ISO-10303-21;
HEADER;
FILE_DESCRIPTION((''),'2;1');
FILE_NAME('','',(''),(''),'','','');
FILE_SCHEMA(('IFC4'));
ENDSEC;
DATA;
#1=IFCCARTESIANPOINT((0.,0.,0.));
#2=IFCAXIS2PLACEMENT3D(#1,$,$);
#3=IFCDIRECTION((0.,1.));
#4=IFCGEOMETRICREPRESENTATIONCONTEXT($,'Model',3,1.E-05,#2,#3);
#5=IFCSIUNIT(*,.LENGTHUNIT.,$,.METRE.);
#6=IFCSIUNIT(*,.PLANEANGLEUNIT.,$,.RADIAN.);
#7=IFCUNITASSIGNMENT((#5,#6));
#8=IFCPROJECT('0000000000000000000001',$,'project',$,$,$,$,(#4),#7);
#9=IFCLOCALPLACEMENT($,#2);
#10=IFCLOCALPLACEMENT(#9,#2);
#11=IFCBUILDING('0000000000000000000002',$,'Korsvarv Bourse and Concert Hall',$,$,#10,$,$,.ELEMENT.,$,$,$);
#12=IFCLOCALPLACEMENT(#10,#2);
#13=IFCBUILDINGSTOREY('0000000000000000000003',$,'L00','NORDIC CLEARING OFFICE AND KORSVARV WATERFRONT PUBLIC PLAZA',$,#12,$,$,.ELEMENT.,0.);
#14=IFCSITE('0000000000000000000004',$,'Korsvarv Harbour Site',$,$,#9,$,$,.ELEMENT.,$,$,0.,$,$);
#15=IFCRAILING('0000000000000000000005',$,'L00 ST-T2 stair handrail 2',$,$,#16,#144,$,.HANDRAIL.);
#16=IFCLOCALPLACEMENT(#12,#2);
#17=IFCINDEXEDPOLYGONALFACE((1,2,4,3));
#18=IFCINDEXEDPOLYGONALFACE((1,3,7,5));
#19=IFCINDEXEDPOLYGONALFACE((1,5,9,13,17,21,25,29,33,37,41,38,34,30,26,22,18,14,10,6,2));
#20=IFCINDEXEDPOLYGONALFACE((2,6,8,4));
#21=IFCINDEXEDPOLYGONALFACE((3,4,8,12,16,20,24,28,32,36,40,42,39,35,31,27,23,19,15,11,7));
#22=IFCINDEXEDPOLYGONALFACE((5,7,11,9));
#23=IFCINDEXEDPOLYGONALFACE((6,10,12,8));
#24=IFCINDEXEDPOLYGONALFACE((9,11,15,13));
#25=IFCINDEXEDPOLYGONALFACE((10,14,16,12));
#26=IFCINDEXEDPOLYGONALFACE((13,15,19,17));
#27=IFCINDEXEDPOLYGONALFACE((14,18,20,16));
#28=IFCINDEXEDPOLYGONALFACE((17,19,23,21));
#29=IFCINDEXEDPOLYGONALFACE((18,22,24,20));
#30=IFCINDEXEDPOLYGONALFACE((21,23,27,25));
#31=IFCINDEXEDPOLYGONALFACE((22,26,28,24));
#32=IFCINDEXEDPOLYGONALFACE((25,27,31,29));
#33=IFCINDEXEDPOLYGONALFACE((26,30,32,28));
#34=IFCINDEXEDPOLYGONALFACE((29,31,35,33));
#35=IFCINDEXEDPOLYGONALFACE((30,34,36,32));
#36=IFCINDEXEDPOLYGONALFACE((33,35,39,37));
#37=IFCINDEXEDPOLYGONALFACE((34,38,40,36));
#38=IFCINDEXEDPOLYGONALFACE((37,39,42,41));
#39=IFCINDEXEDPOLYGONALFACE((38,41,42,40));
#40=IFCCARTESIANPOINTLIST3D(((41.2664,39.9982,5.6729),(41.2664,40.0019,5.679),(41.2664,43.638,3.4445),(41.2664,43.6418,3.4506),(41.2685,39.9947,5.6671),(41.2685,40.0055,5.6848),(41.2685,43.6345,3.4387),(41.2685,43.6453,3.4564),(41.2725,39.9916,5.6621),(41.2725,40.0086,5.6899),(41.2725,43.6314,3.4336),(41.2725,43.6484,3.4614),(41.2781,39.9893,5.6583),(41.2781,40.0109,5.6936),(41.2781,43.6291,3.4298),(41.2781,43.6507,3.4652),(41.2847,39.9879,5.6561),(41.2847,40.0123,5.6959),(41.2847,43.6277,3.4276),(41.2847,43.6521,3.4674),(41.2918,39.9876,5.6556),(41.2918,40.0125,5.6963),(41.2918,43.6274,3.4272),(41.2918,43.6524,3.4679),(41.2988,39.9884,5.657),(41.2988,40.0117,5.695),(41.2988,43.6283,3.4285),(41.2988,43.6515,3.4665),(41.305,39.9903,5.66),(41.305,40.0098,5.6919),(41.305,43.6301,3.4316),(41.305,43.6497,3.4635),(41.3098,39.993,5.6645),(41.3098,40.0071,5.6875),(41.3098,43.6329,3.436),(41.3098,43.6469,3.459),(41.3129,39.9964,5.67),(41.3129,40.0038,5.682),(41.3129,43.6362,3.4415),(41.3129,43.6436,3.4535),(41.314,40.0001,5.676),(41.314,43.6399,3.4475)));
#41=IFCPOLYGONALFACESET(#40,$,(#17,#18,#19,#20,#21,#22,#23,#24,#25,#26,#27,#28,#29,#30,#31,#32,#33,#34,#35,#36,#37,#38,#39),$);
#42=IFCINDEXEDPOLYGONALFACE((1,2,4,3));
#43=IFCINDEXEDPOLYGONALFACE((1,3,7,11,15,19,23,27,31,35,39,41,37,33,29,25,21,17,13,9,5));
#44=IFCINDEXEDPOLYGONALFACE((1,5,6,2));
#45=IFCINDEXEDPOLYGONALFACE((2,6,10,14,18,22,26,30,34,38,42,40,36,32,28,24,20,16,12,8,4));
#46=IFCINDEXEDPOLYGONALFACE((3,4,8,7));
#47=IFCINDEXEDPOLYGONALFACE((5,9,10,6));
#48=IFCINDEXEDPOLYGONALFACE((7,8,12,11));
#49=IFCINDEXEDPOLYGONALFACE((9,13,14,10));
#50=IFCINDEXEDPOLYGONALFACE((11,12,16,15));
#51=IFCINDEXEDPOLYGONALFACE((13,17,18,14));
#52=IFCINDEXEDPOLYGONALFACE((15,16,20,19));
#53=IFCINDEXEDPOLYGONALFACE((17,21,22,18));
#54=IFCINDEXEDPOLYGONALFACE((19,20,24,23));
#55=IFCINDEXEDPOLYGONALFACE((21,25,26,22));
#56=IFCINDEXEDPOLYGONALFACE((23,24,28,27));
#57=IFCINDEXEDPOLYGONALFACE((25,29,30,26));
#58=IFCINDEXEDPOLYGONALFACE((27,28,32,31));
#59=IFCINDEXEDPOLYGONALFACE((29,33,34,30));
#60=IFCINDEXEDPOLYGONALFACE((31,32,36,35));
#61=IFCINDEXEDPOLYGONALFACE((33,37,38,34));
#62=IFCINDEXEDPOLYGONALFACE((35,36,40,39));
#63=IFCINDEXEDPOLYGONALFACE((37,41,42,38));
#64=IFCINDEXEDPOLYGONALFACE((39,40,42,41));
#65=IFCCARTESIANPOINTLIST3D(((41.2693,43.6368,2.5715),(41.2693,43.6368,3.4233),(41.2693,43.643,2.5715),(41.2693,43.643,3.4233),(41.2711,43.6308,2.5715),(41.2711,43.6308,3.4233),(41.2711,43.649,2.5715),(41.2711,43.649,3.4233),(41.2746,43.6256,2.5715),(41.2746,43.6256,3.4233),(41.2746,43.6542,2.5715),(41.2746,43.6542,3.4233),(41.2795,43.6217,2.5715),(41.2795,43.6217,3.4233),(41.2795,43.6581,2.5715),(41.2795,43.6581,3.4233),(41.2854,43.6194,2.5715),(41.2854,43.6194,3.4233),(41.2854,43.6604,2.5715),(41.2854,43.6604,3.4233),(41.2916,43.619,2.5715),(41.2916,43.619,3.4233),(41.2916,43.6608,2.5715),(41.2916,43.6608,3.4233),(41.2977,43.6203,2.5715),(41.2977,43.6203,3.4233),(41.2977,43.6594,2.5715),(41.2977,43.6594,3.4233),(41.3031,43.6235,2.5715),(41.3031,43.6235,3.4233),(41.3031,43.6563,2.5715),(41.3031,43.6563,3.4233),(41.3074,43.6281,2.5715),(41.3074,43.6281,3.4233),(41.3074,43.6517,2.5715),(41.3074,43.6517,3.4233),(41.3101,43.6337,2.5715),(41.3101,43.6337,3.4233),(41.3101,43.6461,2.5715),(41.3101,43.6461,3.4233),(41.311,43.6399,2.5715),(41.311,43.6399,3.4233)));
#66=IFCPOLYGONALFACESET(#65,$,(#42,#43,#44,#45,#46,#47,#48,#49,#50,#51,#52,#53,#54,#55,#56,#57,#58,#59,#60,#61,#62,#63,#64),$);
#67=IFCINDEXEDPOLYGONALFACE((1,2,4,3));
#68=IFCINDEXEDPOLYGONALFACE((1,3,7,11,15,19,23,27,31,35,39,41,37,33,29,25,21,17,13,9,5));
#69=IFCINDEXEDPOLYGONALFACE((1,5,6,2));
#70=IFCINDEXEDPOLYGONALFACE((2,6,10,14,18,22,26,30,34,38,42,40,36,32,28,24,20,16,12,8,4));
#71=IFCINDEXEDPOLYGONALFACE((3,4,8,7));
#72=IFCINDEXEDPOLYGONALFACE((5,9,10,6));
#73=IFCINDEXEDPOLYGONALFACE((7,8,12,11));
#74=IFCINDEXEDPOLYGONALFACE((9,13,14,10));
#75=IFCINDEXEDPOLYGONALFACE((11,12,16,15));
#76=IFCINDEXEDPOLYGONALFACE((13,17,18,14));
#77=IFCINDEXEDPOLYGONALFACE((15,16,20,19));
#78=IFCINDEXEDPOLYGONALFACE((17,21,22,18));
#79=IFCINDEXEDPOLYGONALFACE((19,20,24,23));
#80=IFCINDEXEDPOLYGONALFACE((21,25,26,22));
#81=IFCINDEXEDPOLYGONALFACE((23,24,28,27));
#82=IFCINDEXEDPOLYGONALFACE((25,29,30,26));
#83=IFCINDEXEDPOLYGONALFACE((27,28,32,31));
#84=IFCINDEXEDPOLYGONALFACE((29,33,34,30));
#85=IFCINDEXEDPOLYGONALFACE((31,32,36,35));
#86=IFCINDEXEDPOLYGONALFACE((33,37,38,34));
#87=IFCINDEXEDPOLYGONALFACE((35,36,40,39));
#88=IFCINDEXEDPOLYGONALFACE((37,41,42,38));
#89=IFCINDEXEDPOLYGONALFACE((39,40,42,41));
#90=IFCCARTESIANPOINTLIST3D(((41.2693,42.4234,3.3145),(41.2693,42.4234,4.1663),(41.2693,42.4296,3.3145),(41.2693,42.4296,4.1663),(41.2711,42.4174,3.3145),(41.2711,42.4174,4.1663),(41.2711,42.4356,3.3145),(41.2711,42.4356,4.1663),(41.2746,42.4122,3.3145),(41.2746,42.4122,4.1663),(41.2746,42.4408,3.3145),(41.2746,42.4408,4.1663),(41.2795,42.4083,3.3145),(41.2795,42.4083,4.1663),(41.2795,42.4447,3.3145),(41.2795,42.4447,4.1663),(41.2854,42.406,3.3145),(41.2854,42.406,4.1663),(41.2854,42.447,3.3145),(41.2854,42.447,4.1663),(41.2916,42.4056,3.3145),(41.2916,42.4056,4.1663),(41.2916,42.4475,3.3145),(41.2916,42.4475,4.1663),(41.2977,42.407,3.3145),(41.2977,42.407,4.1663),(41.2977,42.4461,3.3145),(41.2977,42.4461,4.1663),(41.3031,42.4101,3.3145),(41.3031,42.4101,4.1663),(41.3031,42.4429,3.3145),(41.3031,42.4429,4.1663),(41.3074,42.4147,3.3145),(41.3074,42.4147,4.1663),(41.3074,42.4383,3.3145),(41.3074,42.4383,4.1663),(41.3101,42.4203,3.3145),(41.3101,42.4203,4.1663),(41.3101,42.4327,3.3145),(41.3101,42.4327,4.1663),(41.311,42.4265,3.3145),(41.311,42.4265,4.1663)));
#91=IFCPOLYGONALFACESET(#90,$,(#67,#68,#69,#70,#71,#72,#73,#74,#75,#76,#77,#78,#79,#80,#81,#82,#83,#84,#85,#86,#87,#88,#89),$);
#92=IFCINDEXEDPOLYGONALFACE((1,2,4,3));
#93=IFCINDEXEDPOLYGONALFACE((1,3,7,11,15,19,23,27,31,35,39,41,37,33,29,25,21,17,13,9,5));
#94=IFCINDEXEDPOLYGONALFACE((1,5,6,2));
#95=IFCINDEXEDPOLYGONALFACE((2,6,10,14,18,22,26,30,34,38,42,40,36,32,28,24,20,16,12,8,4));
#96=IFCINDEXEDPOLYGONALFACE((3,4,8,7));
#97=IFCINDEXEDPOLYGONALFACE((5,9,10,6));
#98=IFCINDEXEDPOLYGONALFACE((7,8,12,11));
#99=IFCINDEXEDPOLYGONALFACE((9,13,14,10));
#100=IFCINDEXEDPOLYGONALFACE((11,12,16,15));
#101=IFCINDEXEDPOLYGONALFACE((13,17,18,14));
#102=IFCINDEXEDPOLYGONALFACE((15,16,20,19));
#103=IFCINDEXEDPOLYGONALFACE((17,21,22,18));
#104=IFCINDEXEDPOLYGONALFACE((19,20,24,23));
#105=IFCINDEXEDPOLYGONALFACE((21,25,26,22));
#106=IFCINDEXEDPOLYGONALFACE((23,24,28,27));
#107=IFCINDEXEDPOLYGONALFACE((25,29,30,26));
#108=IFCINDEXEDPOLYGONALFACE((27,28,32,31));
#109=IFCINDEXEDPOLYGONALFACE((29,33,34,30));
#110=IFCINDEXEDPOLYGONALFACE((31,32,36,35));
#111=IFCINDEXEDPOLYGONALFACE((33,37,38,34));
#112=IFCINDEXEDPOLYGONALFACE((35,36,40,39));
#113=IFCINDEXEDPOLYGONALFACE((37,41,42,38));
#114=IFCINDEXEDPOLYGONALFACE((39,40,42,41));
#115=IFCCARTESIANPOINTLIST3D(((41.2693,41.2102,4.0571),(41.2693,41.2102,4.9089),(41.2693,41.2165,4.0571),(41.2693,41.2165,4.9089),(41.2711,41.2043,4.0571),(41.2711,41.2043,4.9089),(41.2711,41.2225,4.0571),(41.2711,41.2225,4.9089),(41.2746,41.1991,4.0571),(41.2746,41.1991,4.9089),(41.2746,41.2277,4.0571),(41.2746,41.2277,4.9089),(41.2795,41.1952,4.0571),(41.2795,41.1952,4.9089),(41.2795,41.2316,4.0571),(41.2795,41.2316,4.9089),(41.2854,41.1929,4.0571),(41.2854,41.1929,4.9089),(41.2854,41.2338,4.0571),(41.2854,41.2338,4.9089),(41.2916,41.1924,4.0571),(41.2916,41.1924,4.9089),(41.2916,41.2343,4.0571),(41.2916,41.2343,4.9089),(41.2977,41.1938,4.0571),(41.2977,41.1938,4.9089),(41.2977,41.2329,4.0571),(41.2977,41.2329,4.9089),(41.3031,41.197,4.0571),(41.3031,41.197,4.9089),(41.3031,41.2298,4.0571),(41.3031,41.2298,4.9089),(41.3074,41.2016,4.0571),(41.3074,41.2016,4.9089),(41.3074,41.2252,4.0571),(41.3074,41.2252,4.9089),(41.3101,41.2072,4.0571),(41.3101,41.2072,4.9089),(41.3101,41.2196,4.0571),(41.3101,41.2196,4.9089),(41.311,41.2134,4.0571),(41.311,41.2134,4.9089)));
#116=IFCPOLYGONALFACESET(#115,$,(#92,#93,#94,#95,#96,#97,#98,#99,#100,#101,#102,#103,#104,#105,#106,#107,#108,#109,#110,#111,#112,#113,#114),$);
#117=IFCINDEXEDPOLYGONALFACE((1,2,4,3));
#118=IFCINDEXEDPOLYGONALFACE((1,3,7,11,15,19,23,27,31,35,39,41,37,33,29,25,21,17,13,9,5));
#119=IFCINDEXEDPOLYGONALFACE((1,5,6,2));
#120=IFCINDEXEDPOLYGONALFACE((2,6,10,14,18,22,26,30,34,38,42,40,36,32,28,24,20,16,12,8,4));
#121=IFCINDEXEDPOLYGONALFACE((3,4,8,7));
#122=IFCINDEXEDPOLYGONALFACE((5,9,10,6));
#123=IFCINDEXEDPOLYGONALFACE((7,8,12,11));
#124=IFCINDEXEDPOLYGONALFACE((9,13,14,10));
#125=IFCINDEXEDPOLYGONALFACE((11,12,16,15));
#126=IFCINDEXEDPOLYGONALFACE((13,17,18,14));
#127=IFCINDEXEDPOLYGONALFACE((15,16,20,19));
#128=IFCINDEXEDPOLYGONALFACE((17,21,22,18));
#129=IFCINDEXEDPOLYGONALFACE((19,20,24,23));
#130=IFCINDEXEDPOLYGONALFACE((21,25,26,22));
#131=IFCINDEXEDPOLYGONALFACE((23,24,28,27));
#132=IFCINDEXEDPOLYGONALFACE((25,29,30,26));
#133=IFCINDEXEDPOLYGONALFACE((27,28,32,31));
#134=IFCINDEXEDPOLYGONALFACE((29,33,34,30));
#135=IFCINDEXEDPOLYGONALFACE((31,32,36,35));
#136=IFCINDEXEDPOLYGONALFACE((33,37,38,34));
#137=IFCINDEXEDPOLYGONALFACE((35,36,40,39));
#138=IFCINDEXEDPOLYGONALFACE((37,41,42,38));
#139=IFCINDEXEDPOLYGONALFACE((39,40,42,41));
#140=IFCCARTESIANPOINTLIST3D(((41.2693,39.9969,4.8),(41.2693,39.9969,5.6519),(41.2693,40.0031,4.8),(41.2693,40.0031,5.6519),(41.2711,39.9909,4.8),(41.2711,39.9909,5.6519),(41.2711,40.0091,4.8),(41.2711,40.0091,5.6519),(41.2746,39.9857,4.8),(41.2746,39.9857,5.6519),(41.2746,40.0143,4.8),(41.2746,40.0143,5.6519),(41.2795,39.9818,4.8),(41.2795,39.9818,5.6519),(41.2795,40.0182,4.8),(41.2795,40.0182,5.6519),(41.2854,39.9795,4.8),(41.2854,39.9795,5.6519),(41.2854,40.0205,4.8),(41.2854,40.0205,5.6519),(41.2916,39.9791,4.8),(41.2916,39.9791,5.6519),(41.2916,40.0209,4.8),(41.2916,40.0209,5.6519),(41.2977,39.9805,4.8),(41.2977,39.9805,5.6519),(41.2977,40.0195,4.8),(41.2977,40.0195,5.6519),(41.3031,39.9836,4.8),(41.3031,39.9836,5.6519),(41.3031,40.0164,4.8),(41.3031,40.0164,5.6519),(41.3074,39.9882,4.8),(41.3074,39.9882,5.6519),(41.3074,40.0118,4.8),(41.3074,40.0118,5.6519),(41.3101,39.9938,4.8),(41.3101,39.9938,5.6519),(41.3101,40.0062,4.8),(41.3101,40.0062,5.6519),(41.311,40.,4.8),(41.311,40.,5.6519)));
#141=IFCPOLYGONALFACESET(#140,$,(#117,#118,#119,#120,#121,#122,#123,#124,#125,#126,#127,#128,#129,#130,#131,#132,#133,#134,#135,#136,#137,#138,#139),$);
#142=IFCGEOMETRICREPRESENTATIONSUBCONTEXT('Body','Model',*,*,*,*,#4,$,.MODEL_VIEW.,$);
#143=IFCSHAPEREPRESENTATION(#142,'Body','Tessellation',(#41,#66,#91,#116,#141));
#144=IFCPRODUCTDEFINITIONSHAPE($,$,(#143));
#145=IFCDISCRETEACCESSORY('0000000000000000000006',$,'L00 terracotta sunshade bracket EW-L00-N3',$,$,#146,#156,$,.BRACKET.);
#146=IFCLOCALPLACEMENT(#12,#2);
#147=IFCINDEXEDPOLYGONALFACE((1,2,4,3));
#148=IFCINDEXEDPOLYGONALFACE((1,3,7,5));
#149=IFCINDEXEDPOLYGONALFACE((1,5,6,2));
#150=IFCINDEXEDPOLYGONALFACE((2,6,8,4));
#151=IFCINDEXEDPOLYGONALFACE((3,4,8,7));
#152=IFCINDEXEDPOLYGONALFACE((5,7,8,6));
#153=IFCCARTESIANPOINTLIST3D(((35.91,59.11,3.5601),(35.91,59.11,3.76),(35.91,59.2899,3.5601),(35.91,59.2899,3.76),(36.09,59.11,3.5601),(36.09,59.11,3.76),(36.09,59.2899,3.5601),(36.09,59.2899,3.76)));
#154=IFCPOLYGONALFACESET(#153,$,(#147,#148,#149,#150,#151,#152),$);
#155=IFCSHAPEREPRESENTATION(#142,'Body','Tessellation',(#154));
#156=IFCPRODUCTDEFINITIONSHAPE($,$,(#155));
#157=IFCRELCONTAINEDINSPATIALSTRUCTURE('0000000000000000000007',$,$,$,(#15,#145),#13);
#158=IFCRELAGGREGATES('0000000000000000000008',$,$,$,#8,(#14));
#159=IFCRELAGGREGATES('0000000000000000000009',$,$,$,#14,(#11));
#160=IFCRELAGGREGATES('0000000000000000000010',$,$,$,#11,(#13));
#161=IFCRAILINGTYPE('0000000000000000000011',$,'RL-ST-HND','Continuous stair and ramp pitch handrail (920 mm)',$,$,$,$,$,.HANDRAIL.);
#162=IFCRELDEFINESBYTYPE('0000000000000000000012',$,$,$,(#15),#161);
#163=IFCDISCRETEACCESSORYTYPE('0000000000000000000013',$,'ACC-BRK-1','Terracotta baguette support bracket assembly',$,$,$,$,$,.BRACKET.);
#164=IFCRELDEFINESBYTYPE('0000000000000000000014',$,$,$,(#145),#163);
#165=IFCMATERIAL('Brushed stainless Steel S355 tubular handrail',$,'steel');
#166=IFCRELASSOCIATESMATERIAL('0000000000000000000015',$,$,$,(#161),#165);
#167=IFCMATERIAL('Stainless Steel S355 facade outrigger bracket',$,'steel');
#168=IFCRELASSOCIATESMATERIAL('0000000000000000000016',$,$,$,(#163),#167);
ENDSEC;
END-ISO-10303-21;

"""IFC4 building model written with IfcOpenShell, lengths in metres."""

from ifc_helpers import new_model, si_unit, direction, frame, origin, origin_2d, place, context, subcontext, project, spatial, rectangle, circle, extrude, source, transform, mapped, material, type_object, element, save


model = new_model("IFC4")

# Units and contexts
model_context = context("Model", 3, precision=1e-05, world=origin(), true_north=direction((0.0, 1.0)))
body_context = subcontext(model_context, "Body", "Model", "MODEL_VIEW")
ifc_project = project(units=[si_unit("LENGTHUNIT", "METRE"), si_unit("PLANEANGLEUNIT", "RADIAN")], contexts=[model_context])

# Site, building, storey
site_placement = place(None, origin())
site = spatial("IfcSite", under=ifc_project, at=site_placement, Name="Korsvarv Harbour Site", CompositionType="ELEMENT", RefElevation=0.0)
building_placement = place(site_placement, origin())
building = spatial("IfcBuilding", under=site, at=building_placement, Name="Korsvarv Bourse and Concert Hall", CompositionType="ELEMENT")
storey_placement = place(building_placement, origin())
storey = spatial("IfcBuildingStorey", under=building, at=storey_placement, Name="L00", Description="NORDIC CLEARING OFFICE AND KORSVARV WATERFRONT PUBLIC PLAZA", CompositionType="ELEMENT", Elevation=0.0)

# Railing
ifc_material_1 = material(Name="Brushed stainless Steel S355 tubular handrail", Category="steel")
railing_type_1 = type_object("IfcRailingType", Name="RL-ST-HND", Description="Continuous stair and ramp pitch handrail (920 mm)", PredefinedType="HANDRAIL", material=ifc_material_1)
railing_1_placement = place(storey_placement, frame((41.29, 43.6399, 2.5715)))
element("IfcRailing", 1, at=railing_1_placement, inside=storey, type_object=railing_type_1, Name="L00 ST-T2 stair handrail 2", PredefinedType="HANDRAIL", context=body_context, shape_type="SweptSolid", body=[
    extrude(circle(Radius=0.0239, at=origin_2d()), frame((0.0, 0.0, 0.876), z_axis=(0.0, -0.85285, 0.522156), x_axis=(1.0, 0.0, 0.0)), (0.0, 0.0, 1.0), 4.2678),
    extrude(circle(Radius=0.021, at=origin_2d()), origin(), (0.0, 0.0, 1.0), 0.8518),
    extrude(circle(Radius=0.021, at=origin_2d()), frame((0.0, -1.2134, 0.7429)), (0.0, 0.0, 1.0), 0.8518),
    extrude(circle(Radius=0.021, at=origin_2d()), frame((0.0, -2.4265, 1.4856)), (0.0, 0.0, 1.0), 0.8518),
    extrude(circle(Radius=0.021, at=origin_2d()), frame((0.0, -3.6399, 2.2285)), (0.0, 0.0, 1.0), 0.8518),
])

# Discrete accessory
ifc_material_2 = material(Name="Stainless Steel S355 facade outrigger bracket", Category="steel")
discrete_accessory_type = type_object("IfcDiscreteAccessoryType", Name="ACC-BRK-1", Description="Terracotta baguette support bracket assembly", PredefinedType="BRACKET", material=ifc_material_2)
shared_shape_1 = source(origin(), body_context, "Body", "SweptSolid", [
    extrude(rectangle(XDim=0.1799, YDim=0.1799, at=origin_2d()), origin(), (0.0, 0.0, 1.0), 0.2),
])
discrete_accessory_placement = place(storey_placement, frame((36.0, 59.2, 3.5601), z_axis=(0.0, 0.0, 1.0), x_axis=(1.0, 0.0, 0.0)))
element("IfcDiscreteAccessory", 2, at=discrete_accessory_placement, inside=storey, type_object=discrete_accessory_type, Name="L00 terracotta sunshade bracket EW-L00-N3", PredefinedType="BRACKET", context=body_context, shape_type="MappedRepresentation", body=[
    mapped(shared_shape_1, transform((0.0, 0.0, 0.0), scale=1.0)),
])

save(model, "model.ifc")
